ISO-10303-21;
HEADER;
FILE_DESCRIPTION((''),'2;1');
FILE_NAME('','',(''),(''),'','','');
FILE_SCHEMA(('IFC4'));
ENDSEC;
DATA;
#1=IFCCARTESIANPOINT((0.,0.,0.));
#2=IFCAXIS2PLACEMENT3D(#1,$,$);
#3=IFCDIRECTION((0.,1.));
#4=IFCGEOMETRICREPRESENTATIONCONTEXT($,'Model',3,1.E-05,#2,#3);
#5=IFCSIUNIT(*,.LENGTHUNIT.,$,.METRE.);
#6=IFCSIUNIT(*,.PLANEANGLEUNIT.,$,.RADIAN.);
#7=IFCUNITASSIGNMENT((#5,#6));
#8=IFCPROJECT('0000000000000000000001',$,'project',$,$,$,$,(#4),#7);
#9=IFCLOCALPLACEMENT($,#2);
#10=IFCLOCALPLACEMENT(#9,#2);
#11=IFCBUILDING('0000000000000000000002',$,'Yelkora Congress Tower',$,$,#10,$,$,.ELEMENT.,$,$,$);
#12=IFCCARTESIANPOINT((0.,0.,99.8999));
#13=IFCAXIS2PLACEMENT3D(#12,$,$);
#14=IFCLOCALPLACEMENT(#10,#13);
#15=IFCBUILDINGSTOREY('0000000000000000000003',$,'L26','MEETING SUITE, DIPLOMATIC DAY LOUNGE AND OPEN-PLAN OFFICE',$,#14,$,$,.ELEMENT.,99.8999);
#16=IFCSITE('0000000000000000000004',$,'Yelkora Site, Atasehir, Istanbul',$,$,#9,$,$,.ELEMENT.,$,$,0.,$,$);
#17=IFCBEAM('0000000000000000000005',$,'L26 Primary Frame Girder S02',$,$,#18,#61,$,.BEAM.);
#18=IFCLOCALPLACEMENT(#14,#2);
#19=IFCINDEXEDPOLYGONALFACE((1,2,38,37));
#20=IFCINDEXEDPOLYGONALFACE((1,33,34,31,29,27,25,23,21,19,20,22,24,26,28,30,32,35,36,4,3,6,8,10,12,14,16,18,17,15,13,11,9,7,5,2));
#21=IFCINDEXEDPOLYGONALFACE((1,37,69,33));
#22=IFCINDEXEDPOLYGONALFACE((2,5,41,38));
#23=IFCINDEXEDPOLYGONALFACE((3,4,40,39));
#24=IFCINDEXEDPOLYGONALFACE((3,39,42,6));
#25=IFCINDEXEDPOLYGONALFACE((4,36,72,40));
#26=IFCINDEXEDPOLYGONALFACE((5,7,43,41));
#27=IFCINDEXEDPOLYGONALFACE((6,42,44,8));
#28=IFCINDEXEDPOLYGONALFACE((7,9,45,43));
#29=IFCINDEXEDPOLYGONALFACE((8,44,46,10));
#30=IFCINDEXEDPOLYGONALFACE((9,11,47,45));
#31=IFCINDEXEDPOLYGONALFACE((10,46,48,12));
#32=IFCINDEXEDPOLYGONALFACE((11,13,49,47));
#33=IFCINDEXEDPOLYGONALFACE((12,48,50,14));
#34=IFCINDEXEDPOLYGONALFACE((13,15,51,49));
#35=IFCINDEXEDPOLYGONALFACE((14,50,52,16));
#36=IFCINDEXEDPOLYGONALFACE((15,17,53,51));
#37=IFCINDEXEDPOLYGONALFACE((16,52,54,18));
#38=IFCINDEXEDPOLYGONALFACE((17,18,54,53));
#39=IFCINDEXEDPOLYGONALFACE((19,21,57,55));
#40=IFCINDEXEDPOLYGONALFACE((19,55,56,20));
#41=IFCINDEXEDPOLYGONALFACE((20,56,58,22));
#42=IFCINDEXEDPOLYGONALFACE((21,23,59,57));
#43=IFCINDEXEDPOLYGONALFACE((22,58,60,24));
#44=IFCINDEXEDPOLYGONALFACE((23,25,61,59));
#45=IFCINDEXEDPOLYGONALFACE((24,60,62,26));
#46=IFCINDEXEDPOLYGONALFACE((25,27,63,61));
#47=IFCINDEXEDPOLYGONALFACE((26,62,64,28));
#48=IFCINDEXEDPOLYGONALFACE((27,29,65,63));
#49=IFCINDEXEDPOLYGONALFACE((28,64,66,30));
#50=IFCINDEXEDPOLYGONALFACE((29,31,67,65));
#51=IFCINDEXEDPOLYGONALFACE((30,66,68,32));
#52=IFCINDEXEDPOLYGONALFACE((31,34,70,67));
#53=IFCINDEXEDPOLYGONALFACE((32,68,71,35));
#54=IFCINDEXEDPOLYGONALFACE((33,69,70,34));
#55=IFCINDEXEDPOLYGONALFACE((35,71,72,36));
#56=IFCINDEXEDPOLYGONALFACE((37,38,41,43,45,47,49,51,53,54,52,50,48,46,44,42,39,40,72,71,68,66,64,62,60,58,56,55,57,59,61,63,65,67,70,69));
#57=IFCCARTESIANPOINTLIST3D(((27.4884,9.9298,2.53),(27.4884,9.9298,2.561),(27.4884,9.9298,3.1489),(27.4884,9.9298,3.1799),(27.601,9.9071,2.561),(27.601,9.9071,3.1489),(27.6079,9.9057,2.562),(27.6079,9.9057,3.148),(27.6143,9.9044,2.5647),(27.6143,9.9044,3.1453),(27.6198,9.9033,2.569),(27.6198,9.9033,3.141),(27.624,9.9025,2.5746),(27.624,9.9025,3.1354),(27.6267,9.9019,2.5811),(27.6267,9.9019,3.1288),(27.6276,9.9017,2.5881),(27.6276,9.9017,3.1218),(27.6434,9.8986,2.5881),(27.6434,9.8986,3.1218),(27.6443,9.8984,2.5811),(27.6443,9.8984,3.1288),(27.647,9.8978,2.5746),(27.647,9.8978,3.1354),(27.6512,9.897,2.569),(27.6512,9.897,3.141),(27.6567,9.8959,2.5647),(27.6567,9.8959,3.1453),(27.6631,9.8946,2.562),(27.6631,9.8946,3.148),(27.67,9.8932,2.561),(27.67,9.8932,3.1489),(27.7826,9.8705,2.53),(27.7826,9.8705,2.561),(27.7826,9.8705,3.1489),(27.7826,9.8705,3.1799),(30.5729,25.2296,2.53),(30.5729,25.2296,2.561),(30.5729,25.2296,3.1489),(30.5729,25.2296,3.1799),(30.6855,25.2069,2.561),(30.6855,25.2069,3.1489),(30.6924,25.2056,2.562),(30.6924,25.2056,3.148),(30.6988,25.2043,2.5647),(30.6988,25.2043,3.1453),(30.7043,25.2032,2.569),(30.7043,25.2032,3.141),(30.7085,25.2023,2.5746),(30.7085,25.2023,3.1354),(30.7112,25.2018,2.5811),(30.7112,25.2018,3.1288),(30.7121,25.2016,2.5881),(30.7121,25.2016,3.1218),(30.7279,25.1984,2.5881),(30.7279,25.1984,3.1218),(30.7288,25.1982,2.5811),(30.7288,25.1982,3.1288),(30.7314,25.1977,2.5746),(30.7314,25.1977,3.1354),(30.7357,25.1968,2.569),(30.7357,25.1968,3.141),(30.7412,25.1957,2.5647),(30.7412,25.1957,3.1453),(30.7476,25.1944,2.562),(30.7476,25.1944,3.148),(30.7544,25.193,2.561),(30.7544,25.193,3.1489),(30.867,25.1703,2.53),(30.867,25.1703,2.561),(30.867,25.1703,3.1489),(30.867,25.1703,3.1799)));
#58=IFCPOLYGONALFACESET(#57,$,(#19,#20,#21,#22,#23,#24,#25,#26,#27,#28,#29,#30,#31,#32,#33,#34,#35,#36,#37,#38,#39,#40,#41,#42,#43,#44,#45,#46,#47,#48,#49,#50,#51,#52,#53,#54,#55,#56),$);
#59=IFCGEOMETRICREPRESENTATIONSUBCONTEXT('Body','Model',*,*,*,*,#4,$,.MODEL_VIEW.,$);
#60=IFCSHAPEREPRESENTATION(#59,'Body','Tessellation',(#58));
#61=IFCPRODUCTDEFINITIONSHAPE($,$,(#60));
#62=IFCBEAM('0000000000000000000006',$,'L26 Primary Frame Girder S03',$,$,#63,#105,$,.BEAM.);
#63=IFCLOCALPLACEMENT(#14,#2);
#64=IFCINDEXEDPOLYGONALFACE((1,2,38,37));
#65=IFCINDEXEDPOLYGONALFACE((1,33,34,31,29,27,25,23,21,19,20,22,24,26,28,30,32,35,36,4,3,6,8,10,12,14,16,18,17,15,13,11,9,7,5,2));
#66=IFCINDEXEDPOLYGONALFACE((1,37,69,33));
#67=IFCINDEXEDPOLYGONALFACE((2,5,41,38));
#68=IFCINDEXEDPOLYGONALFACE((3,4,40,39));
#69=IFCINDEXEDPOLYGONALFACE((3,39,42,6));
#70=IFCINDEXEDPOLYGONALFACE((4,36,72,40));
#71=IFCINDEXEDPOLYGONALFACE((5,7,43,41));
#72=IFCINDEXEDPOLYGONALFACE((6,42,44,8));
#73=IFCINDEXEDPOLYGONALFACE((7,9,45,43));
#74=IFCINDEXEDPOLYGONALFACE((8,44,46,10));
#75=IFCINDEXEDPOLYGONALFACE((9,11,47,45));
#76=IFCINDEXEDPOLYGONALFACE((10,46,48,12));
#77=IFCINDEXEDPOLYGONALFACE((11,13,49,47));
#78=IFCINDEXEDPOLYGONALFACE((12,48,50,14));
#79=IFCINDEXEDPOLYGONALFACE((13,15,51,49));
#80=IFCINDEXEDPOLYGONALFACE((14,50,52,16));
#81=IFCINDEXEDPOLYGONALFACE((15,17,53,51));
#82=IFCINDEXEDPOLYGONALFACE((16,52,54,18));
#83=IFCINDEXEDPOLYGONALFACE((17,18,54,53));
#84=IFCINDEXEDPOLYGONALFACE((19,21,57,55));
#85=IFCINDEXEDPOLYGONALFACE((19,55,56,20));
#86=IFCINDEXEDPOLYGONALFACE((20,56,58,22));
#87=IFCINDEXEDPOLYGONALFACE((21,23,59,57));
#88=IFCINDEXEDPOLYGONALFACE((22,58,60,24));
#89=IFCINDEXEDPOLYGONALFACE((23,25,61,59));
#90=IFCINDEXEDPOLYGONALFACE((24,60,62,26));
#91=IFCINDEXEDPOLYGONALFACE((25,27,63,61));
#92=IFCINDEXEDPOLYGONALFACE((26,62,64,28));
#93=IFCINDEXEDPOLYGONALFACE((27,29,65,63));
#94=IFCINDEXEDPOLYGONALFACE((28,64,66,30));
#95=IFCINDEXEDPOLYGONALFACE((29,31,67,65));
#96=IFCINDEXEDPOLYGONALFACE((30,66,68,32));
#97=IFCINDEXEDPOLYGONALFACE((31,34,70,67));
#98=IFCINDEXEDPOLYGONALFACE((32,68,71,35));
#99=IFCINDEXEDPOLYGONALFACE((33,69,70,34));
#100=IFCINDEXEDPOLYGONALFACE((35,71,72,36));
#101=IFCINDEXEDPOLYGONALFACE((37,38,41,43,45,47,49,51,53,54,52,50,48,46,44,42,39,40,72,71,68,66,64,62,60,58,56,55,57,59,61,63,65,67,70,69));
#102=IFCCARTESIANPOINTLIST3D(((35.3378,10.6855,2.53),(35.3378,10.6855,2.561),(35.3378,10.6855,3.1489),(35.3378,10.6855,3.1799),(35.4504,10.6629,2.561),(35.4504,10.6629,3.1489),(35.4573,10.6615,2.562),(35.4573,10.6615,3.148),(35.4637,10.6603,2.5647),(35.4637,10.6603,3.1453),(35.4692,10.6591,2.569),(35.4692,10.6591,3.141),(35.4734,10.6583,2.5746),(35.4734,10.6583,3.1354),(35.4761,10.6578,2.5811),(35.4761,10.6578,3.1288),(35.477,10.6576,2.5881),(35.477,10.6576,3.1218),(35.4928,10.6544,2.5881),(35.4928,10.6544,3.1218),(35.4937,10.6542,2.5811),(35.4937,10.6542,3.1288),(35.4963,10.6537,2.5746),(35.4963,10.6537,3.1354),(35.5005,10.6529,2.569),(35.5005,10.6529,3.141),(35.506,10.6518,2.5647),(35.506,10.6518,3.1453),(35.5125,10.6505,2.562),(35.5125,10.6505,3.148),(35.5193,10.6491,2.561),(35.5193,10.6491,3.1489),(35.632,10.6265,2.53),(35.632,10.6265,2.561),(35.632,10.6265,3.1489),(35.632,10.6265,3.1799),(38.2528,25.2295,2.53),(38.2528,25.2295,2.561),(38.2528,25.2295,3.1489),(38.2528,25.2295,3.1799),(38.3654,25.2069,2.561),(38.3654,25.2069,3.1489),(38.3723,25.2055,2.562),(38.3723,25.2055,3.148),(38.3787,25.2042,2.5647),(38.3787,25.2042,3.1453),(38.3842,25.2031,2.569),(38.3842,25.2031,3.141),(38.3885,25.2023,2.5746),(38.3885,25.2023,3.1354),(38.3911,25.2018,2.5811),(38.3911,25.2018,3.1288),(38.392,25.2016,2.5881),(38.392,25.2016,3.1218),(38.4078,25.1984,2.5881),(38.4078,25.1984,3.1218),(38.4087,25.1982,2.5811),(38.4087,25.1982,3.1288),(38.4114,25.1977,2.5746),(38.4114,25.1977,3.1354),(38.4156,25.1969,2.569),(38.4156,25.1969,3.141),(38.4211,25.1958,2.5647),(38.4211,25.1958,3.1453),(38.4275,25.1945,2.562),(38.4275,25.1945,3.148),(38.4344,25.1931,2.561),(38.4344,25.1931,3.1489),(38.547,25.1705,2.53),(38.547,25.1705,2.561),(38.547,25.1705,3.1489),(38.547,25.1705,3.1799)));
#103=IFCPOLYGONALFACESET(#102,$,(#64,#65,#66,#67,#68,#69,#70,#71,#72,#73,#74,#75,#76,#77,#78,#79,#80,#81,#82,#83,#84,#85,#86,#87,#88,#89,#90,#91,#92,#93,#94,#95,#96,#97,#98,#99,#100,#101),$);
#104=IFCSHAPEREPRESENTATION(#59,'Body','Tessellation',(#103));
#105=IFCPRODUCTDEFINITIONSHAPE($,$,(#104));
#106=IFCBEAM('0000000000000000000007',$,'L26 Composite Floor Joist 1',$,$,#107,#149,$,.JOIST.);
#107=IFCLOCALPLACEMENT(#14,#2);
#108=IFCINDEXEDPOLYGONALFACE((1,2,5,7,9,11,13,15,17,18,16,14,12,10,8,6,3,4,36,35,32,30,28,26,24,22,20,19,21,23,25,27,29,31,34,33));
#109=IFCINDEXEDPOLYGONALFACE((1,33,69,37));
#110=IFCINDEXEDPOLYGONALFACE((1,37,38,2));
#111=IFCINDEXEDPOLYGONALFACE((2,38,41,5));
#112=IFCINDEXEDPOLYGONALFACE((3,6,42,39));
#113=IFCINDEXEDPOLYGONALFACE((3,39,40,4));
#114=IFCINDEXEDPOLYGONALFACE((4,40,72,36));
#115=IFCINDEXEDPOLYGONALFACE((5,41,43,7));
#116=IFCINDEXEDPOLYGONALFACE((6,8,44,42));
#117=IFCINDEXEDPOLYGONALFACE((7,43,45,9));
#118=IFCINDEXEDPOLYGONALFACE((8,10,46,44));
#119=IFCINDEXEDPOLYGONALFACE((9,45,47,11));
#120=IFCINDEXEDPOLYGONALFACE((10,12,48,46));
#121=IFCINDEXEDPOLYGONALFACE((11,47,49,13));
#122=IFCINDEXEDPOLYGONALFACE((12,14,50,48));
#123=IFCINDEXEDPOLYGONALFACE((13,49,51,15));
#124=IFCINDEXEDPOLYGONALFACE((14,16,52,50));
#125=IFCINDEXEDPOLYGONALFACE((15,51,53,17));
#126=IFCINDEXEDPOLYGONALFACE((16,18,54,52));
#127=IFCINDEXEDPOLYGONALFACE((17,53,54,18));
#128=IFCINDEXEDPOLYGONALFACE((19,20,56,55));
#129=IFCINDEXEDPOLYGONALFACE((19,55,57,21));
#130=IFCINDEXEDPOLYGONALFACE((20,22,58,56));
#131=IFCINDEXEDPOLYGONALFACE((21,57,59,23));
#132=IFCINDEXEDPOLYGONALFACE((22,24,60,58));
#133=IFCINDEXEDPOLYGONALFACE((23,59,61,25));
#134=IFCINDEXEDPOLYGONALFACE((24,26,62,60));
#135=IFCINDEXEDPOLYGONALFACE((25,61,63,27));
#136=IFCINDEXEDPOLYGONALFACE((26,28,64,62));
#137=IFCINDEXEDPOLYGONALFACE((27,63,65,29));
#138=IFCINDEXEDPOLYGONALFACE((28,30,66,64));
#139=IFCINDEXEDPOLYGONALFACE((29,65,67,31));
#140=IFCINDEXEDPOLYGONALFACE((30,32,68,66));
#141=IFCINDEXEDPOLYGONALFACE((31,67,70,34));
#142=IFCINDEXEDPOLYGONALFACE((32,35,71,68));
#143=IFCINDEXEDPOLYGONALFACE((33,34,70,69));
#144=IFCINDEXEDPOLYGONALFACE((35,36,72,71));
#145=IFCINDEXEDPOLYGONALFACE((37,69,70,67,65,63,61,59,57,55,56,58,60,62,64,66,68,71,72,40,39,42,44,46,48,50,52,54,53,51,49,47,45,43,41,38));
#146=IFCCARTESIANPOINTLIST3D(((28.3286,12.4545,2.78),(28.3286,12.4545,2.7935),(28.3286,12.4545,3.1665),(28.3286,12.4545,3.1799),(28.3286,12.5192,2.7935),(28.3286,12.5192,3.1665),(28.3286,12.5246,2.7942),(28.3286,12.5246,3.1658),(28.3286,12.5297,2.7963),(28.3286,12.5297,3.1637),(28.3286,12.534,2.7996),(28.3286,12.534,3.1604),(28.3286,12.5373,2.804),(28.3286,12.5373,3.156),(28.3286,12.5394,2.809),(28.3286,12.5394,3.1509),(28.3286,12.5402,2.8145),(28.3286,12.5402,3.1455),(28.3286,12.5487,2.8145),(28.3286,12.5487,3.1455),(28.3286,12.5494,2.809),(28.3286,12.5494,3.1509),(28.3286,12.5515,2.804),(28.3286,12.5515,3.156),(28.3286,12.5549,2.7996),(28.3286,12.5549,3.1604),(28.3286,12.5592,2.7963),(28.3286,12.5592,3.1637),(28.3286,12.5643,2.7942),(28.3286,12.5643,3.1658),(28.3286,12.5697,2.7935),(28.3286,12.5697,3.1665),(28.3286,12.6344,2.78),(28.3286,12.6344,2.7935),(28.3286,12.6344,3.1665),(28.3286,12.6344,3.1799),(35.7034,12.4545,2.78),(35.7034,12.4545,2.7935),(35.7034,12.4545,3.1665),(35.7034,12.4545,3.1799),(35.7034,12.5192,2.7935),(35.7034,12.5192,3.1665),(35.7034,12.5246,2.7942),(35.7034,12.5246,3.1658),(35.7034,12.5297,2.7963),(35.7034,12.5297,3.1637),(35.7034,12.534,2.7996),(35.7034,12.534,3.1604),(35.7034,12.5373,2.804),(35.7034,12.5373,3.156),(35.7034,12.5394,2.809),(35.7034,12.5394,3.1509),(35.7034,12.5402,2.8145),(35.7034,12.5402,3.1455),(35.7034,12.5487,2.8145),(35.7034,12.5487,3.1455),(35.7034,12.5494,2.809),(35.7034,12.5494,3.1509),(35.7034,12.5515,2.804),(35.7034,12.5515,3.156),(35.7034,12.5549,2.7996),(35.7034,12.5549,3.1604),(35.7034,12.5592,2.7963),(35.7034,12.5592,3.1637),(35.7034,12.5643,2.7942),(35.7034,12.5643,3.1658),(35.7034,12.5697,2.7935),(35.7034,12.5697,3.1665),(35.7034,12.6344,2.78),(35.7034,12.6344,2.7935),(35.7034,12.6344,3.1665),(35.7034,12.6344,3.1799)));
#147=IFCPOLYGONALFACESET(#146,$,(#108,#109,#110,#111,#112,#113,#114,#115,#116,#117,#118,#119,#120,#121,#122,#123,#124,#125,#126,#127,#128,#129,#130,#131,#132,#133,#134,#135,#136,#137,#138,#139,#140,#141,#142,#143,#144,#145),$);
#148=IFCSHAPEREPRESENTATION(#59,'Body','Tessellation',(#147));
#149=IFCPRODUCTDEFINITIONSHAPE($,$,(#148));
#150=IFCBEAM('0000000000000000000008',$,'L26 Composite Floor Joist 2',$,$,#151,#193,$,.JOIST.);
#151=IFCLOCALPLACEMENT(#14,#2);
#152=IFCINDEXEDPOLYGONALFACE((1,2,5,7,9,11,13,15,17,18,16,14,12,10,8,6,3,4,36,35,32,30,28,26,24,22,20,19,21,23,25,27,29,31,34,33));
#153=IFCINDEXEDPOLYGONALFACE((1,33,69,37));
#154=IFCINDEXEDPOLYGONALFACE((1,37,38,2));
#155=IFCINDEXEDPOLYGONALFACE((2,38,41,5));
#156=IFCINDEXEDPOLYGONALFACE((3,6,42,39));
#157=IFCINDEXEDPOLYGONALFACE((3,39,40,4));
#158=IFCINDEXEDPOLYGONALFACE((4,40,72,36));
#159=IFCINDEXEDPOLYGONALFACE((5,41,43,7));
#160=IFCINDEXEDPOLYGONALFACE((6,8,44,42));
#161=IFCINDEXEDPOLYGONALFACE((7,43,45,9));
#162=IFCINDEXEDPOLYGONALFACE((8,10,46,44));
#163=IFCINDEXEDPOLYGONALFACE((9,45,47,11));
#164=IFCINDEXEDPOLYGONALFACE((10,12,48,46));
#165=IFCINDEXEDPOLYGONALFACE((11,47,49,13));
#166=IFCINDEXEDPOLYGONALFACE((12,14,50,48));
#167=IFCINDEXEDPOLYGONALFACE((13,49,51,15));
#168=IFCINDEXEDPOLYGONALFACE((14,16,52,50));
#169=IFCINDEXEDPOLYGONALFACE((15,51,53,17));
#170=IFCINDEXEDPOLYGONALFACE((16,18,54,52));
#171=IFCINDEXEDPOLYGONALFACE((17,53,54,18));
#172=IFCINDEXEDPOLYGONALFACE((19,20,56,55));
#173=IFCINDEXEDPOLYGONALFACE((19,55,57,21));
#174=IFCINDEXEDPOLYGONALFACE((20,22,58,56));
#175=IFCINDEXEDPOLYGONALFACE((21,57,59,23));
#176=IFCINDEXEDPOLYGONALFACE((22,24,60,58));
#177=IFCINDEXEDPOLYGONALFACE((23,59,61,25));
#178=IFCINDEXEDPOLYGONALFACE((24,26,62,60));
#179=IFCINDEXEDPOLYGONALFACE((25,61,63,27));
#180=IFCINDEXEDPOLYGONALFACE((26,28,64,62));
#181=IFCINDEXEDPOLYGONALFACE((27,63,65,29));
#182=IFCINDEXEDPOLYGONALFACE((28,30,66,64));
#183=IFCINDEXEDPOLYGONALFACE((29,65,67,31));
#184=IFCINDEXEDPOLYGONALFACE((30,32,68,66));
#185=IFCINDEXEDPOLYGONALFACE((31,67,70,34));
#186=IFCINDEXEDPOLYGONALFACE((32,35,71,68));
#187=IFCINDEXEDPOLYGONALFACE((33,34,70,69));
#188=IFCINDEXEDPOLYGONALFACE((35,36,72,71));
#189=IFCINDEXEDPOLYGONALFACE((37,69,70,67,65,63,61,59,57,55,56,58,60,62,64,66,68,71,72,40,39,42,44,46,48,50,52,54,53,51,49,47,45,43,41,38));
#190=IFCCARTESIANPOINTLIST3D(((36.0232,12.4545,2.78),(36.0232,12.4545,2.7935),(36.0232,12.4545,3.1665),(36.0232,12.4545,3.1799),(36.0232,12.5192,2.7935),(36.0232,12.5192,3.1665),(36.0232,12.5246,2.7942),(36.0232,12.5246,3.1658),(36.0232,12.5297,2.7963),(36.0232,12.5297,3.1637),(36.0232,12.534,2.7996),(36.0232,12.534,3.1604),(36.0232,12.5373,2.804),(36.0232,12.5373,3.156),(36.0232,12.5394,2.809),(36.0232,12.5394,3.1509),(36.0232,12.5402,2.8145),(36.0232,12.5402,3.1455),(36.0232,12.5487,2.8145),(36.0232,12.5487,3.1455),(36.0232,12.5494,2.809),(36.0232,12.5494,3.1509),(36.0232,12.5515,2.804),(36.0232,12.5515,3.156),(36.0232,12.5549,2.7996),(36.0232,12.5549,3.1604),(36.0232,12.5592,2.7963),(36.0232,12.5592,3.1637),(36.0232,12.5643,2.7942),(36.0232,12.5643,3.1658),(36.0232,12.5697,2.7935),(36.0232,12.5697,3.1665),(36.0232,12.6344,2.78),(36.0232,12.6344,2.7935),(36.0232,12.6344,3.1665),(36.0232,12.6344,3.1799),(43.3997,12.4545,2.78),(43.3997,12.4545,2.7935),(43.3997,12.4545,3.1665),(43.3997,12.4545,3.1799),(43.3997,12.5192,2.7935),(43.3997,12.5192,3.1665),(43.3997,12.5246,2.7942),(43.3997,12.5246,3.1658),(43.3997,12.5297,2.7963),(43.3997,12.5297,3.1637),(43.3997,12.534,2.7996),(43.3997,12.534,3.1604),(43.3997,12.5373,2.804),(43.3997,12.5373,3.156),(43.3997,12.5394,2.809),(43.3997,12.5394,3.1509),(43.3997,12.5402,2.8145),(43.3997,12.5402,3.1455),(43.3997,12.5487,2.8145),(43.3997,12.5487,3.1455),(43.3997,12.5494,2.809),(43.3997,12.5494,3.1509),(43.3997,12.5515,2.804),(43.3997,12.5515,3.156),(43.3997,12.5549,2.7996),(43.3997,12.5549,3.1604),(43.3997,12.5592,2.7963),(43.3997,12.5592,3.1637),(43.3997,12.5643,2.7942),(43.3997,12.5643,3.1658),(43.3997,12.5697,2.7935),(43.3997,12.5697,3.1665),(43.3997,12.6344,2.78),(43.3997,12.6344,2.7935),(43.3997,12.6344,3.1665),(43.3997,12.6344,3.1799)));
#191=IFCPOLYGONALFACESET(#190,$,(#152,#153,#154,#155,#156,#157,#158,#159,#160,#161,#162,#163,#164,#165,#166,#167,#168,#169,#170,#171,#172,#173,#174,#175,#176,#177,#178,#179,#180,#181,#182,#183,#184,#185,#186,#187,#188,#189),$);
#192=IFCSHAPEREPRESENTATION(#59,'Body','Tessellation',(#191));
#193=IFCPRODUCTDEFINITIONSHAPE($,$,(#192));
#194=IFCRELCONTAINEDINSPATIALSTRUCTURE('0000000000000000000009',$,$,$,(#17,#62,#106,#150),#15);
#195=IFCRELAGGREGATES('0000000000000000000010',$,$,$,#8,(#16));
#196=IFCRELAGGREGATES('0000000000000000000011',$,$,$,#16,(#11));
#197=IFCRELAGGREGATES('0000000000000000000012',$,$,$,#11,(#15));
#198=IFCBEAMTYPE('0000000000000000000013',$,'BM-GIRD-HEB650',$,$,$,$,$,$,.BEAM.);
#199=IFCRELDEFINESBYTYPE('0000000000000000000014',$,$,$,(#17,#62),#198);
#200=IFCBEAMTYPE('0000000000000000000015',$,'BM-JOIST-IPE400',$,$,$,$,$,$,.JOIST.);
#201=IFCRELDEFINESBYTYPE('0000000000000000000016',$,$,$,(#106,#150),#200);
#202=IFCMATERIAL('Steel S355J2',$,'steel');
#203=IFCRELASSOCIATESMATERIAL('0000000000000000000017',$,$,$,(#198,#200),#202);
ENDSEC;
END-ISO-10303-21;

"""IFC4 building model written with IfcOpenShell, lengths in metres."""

from ifc_helpers import new_model, si_unit, direction, frame, origin, origin_2d, place, context, subcontext, project, spatial, i_section, extrude, material, material_profile, profile_set, type_object, element, save


model = new_model("IFC4")

# Units and contexts
model_context = context("Model", 3, precision=1e-05, world=origin(), true_north=direction((0.0, 1.0)))
body_context = subcontext(model_context, "Body", "Model", "MODEL_VIEW")
ifc_project = project(units=[si_unit("LENGTHUNIT", "METRE"), si_unit("PLANEANGLEUNIT", "RADIAN")], contexts=[model_context])

# Site, building, storey
site_placement = place(None, origin())
site = spatial("IfcSite", under=ifc_project, at=site_placement, Name="Yelkora Site, Atasehir, Istanbul", CompositionType="ELEMENT", RefElevation=0.0)
building_placement = place(site_placement, origin())
building = spatial("IfcBuilding", under=site, at=building_placement, Name="Yelkora Congress Tower", CompositionType="ELEMENT")
storey_placement = place(building_placement, frame((0.0, 0.0, 99.8999)))
storey = spatial("IfcBuildingStorey", under=building, at=storey_placement, Name="L26", Description="MEETING SUITE, DIPLOMATIC DAY LOUNGE AND OPEN-PLAN OFFICE", CompositionType="ELEMENT", Elevation=99.8999)

# Beams
ifc_material_1 = material(Name="Steel S355J2", Category="steel")
ifc_material_profile_1 = material_profile(ifc_material_1, i_section(OverallWidth=0.3, OverallDepth=0.6499, WebThickness=0.0161, FlangeThickness=0.031, FilletRadius=0.0271, at=origin_2d()), Name="HEB 650")
ifc_profile_set_1 = profile_set([ifc_material_profile_1], Name="Steel S355J2")
beam_type_1 = type_object("IfcBeamType", Name="BM-GIRD-HEB650", PredefinedType="BEAM", material=ifc_profile_set_1)
beam_1_placement = place(storey_placement, frame((27.6355, 9.9001, 2.855), z_axis=(0.197626, 0.980277, 0.0), x_axis=(-0.980277, 0.197626, 0.0)))
element("IfcBeam", 1, at=beam_1_placement, inside=storey, type_object=beam_type_1, Name="L26 Primary Frame Girder S02", PredefinedType="BEAM", context=body_context, shape_type="SweptSolid", body=[
    extrude(i_section(OverallWidth=0.3, OverallDepth=0.6499, WebThickness=0.0161, FlangeThickness=0.031, FilletRadius=0.0271, at=origin_2d()), origin(), (0.0, 0.0, 1.0), 15.6077),
])
beam_2_placement = place(storey_placement, frame((35.4849, 10.656, 2.855), z_axis=(0.196521, 0.9805, 0.0), x_axis=(-0.9805, 0.196521, 0.0)))
element("IfcBeam", 2, at=beam_2_placement, inside=storey, type_object=beam_type_1, Name="L26 Primary Frame Girder S03", PredefinedType="BEAM", context=body_context, shape_type="SweptSolid", body=[
    extrude(i_section(OverallWidth=0.3, OverallDepth=0.6499, WebThickness=0.0161, FlangeThickness=0.031, FilletRadius=0.0271, at=origin_2d()), origin(), (0.0, 0.0, 1.0), 14.8333),
])
ifc_material_profile_2 = material_profile(ifc_material_1, i_section(OverallWidth=0.1799, OverallDepth=0.3999, WebThickness=0.0085, FlangeThickness=0.0134, FilletRadius=0.021, at=origin_2d()), Name="IPE 400")
ifc_profile_set_2 = profile_set([ifc_material_profile_2], Name="Steel S355J2")
beam_type_2 = type_object("IfcBeamType", Name="BM-JOIST-IPE400", PredefinedType="JOIST", material=ifc_profile_set_2)
beam_3_placement = place(storey_placement, frame((28.3286, 12.5444, 2.98), z_axis=(1.0, 0.0, 0.0), x_axis=(0.0, 1.0, 0.0)))
element("IfcBeam", 3, at=beam_3_placement, inside=storey, type_object=beam_type_2, Name="L26 Composite Floor Joist 1", PredefinedType="JOIST", context=body_context, shape_type="SweptSolid", body=[
    extrude(i_section(OverallWidth=0.1799, OverallDepth=0.3999, WebThickness=0.0085, FlangeThickness=0.0134, FilletRadius=0.021, at=origin_2d()), origin(), (0.0, 0.0, 1.0), 7.3748),
])
beam_4_placement = place(storey_placement, frame((36.0232, 12.5444, 2.98), z_axis=(1.0, 0.0, 0.0), x_axis=(0.0, 1.0, 0.0)))
element("IfcBeam", 4, at=beam_4_placement, inside=storey, type_object=beam_type_2, Name="L26 Composite Floor Joist 2", PredefinedType="JOIST", context=body_context, shape_type="SweptSolid", body=[
    extrude(i_section(OverallWidth=0.1799, OverallDepth=0.3999, WebThickness=0.0085, FlangeThickness=0.0134, FilletRadius=0.021, at=origin_2d()), origin(), (0.0, 0.0, 1.0), 7.3765),
])

save(model, "model.ifc")
